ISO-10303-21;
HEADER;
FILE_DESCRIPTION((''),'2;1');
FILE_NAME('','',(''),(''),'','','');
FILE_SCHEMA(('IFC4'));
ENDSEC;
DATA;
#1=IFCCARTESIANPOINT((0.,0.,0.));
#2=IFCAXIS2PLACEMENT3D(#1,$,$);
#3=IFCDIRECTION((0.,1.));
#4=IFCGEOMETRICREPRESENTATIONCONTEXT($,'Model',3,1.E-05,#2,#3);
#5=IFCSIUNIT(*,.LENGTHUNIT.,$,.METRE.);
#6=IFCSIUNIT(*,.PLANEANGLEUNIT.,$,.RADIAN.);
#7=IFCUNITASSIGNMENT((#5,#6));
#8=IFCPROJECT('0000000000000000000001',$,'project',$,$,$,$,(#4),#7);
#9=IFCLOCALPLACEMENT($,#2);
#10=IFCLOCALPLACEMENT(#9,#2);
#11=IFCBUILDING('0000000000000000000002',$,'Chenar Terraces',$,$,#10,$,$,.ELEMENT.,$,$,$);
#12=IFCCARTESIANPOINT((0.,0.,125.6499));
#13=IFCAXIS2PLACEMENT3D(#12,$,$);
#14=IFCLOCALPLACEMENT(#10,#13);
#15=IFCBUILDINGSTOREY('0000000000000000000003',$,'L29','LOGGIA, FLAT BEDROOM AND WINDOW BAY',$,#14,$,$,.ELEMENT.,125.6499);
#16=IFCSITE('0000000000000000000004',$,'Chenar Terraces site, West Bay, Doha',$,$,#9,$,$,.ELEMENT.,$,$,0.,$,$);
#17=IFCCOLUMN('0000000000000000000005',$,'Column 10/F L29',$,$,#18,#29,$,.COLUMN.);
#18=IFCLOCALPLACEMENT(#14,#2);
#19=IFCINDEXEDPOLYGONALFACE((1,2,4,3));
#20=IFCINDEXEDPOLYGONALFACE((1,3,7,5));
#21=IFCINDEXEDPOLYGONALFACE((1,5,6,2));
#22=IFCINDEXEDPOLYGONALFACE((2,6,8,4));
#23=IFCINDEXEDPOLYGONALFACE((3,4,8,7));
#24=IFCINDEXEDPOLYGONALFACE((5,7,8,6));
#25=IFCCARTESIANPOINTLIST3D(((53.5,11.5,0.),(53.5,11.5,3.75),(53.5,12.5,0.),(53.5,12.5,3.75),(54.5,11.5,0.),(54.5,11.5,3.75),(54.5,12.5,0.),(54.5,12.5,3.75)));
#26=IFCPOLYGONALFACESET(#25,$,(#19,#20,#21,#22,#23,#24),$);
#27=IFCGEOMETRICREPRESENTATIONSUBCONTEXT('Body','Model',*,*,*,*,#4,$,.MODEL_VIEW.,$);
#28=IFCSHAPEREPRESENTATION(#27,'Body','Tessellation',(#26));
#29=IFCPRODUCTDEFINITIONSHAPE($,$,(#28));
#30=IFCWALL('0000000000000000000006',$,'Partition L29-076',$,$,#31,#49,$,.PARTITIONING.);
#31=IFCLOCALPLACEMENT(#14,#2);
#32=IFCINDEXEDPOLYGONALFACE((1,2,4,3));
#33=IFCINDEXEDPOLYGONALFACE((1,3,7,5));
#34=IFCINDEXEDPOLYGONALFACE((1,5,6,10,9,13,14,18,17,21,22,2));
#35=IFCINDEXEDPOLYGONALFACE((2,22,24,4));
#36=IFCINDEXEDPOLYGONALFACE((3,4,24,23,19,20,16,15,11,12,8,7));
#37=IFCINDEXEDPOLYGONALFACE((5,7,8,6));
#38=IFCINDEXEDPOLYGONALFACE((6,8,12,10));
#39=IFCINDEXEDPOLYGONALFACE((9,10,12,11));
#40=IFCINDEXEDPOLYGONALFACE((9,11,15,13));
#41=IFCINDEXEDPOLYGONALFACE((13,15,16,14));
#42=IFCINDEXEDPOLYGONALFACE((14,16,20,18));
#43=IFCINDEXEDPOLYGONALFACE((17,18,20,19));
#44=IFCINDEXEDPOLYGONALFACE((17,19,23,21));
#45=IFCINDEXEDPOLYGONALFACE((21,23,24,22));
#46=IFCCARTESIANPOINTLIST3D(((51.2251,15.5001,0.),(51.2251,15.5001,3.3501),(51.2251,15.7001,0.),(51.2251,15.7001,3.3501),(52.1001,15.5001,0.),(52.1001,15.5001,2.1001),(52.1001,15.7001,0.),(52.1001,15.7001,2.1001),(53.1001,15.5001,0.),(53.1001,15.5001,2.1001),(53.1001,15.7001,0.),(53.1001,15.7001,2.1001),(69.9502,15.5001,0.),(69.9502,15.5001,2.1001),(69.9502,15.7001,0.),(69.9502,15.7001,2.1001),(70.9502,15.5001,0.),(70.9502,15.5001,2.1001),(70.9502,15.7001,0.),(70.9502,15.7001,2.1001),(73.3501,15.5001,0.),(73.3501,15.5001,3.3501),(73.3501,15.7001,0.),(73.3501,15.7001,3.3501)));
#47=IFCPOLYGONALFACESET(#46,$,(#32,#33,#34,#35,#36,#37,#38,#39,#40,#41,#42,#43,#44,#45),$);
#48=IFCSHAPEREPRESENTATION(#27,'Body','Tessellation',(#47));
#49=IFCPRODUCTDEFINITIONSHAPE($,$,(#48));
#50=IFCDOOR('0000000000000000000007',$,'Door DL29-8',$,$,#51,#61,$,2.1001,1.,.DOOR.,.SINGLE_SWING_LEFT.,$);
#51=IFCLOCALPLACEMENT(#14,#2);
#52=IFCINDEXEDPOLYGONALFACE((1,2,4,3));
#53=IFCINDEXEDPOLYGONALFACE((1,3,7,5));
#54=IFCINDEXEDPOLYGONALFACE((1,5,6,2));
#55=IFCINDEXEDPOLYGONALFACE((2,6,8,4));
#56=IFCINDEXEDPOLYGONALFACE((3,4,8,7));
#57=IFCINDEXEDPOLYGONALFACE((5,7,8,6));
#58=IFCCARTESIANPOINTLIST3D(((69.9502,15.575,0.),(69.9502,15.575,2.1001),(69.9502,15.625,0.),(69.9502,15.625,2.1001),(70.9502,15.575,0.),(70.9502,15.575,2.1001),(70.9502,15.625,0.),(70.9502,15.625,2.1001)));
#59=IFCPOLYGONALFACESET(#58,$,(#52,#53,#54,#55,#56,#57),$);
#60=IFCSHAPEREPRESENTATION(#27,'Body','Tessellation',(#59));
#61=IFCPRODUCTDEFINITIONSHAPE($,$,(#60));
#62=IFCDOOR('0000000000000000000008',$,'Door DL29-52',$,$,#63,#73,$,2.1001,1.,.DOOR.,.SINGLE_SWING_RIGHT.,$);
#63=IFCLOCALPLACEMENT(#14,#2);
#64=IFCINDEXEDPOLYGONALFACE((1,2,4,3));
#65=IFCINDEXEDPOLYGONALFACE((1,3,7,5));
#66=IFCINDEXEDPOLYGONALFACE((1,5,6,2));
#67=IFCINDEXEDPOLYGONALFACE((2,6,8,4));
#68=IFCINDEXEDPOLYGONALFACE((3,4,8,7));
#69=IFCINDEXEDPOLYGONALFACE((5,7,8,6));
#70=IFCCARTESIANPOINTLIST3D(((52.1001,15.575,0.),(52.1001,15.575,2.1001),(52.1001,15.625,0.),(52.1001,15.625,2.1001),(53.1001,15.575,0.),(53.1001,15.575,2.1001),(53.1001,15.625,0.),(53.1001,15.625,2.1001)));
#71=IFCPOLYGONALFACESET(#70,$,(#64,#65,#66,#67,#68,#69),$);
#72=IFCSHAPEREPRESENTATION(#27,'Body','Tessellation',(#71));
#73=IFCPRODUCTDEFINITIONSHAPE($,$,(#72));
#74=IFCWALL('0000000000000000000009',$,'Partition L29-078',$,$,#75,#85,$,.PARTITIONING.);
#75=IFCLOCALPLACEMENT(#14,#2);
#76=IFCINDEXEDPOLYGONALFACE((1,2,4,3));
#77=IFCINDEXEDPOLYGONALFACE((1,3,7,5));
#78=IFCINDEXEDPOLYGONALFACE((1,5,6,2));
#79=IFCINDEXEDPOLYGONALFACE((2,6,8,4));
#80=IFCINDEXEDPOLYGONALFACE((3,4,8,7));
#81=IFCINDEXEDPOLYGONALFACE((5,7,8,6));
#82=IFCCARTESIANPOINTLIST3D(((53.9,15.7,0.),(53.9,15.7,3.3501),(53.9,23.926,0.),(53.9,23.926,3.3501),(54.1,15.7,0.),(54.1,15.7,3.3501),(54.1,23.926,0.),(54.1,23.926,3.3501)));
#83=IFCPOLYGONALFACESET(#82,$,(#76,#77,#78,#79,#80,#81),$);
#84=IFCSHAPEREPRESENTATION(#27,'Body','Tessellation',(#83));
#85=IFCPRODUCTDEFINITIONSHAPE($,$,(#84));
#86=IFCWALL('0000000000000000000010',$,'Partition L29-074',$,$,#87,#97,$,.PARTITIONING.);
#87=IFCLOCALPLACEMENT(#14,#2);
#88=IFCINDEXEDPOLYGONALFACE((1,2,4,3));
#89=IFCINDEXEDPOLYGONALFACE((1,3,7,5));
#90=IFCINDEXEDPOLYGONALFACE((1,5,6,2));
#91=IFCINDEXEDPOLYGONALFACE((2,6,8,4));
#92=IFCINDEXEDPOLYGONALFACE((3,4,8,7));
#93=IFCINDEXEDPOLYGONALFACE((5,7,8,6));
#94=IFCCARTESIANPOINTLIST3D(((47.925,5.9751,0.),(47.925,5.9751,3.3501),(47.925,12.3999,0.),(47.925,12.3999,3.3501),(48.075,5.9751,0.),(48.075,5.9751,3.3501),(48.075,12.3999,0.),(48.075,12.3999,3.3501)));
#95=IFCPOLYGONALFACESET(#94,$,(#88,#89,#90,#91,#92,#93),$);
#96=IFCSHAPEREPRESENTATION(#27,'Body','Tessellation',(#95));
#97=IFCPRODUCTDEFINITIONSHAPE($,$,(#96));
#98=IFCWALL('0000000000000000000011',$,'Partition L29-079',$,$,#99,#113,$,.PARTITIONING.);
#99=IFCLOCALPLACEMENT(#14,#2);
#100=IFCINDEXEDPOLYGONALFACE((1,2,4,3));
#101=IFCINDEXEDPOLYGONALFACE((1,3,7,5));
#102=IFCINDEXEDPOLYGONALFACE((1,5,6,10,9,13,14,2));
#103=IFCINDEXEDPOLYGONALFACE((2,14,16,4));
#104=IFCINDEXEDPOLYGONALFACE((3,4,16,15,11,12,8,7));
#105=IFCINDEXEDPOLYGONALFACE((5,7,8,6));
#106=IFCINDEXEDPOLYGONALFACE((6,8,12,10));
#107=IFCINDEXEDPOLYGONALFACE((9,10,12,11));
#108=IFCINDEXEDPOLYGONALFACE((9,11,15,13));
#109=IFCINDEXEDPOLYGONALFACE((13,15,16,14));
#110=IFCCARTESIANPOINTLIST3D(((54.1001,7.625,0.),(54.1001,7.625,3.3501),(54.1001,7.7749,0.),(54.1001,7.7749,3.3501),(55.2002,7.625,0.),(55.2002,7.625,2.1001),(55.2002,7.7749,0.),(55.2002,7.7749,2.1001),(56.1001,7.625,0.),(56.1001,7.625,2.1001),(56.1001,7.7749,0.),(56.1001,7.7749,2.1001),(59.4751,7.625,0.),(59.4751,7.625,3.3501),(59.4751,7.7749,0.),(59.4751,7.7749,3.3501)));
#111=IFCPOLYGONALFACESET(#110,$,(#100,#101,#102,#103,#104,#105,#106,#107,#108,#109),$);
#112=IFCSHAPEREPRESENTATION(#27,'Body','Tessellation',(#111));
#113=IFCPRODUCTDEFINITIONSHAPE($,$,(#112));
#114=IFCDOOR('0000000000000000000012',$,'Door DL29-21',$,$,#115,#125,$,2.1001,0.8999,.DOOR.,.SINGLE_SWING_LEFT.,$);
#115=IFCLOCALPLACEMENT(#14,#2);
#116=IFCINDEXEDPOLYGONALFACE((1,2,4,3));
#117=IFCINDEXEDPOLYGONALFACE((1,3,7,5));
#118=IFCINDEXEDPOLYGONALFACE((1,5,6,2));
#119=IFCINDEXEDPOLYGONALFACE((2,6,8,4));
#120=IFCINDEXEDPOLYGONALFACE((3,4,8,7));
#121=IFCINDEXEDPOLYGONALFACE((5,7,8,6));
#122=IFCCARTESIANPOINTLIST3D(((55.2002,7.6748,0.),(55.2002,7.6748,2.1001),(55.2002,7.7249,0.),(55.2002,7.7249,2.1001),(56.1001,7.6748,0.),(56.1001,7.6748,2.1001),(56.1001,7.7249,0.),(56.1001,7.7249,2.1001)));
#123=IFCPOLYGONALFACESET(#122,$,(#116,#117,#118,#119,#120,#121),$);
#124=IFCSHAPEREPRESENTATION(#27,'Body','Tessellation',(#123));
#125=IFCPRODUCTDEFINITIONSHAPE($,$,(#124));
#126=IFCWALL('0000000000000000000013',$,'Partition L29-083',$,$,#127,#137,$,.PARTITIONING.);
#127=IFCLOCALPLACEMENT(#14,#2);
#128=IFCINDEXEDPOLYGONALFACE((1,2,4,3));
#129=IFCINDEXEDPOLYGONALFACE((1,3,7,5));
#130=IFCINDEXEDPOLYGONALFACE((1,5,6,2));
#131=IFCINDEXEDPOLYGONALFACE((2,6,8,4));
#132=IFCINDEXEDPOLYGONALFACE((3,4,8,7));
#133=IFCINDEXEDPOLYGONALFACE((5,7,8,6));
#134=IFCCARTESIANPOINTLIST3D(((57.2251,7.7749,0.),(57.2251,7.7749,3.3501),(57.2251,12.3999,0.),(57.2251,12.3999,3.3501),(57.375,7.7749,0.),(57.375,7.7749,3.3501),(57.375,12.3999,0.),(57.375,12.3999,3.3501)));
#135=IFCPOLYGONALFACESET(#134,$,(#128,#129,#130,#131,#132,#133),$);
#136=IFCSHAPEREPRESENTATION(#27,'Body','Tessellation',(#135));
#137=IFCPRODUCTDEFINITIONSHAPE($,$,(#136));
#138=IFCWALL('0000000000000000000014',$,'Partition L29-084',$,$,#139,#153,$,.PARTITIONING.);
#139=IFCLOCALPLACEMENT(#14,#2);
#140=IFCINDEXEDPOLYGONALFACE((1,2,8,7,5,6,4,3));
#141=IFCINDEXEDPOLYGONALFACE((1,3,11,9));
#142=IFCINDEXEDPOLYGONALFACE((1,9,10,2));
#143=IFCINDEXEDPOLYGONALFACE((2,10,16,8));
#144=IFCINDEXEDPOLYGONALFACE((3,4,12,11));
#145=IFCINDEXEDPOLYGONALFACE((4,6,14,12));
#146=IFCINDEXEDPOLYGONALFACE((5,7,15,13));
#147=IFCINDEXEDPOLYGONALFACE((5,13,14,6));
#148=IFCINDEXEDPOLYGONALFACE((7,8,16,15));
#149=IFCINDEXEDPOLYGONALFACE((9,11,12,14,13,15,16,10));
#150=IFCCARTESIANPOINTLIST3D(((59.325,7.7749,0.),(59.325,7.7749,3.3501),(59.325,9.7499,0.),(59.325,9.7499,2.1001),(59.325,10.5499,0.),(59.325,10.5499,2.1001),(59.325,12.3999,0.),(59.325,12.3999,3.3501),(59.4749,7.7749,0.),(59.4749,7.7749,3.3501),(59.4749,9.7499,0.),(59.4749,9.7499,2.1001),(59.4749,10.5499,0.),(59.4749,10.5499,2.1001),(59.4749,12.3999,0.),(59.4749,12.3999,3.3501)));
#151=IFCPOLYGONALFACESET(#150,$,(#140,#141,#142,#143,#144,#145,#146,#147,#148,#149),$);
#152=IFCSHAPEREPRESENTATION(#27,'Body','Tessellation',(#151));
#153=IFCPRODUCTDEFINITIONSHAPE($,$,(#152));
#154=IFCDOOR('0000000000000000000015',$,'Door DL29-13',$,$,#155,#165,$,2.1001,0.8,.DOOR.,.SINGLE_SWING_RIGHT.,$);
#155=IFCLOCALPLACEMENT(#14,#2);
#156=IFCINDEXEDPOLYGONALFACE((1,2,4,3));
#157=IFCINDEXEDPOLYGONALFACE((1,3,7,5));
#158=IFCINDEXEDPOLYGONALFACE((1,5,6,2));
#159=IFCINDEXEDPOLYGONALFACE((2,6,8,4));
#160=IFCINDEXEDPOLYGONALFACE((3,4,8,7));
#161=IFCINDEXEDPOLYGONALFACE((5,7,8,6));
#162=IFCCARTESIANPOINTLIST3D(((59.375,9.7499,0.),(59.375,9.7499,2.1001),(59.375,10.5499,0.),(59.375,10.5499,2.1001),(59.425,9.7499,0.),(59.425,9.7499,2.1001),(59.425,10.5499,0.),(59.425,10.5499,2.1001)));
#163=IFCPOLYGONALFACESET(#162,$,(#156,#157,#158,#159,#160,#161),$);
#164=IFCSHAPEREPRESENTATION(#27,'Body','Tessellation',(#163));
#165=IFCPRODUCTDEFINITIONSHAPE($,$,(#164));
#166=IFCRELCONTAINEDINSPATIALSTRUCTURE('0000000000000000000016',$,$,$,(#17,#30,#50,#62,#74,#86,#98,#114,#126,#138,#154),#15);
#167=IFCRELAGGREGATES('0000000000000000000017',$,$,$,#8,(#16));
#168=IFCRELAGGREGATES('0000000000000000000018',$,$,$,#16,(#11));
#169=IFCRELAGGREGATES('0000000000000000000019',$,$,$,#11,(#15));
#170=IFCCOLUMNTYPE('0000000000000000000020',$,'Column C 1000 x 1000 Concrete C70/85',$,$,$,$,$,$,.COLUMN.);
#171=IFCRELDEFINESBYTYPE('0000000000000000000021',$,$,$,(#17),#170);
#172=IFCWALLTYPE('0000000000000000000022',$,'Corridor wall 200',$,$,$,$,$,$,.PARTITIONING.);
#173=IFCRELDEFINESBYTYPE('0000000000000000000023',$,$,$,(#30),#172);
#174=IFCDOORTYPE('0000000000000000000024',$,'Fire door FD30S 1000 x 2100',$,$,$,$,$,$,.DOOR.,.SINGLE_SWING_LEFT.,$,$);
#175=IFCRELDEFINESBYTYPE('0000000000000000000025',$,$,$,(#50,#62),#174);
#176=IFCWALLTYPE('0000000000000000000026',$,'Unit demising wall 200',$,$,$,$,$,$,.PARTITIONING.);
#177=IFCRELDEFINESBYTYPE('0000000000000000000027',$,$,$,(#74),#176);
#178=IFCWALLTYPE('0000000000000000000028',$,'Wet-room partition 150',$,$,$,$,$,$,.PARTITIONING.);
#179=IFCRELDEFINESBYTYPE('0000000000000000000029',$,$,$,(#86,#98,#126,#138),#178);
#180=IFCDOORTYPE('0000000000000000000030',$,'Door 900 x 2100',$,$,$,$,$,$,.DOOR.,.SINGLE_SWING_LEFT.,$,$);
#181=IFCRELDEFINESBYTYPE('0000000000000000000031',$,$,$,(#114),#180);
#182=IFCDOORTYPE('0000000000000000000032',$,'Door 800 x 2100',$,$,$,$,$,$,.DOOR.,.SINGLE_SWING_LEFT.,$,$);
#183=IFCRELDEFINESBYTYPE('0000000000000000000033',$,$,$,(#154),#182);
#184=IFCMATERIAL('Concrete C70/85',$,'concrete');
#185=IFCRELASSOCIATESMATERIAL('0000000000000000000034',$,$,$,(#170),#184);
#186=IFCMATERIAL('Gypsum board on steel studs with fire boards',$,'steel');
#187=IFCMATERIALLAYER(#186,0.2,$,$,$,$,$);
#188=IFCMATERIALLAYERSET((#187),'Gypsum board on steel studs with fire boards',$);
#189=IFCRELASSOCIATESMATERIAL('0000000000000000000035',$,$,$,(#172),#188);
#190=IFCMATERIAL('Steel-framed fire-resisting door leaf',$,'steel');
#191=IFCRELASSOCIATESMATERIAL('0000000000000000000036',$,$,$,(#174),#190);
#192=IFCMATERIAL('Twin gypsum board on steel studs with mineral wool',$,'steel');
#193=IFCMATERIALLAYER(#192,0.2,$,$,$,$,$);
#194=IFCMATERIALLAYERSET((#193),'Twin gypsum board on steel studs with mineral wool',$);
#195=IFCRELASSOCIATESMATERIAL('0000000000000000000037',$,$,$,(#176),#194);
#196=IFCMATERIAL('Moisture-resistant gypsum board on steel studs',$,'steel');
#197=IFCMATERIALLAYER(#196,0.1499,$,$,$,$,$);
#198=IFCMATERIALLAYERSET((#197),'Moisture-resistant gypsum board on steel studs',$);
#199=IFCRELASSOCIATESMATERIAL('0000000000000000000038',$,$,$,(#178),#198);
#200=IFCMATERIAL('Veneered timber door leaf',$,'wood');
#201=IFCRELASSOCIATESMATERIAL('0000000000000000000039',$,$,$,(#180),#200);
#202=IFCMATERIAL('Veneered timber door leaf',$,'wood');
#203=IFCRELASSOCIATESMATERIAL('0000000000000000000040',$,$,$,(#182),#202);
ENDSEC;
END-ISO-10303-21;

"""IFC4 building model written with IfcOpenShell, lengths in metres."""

from ifc_helpers import new_model, si_unit, direction, frame, frame_2d, origin, origin_2d, place, context, subcontext, project, spatial, rectangle, extrude, material, layer, layer_set, material_profile, profile_set, type_object, element, fill, save


model = new_model("IFC4")

# Units and contexts
model_context = context("Model", 3, precision=1e-05, world=origin(), true_north=direction((0.0, 1.0)))
body_context = subcontext(model_context, "Body", "Model", "MODEL_VIEW")
ifc_project = project(units=[si_unit("LENGTHUNIT", "METRE"), si_unit("PLANEANGLEUNIT", "RADIAN")], contexts=[model_context])

# Site, building, storey
site_placement = place(None, origin())
site = spatial("IfcSite", under=ifc_project, at=site_placement, Name="Chenar Terraces site, West Bay, Doha", CompositionType="ELEMENT", RefElevation=0.0)
building_placement = place(site_placement, origin())
building = spatial("IfcBuilding", under=site, at=building_placement, Name="Chenar Terraces", CompositionType="ELEMENT")
storey_placement = place(building_placement, frame((0.0, 0.0, 125.6499)))
storey = spatial("IfcBuildingStorey", under=building, at=storey_placement, Name="L29", Description="LOGGIA, FLAT BEDROOM AND WINDOW BAY", CompositionType="ELEMENT", Elevation=125.6499)

# Column
ifc_material_1 = material(Name="Concrete C70/85", Category="concrete")
ifc_material_profile = material_profile(ifc_material_1, rectangle(XDim=1.0, YDim=1.0, at=origin_2d()), Name="C 1000 x 1000")
ifc_profile_set = profile_set([ifc_material_profile], Name="Concrete C70/85")
column_type = type_object("IfcColumnType", Name="Column C 1000 x 1000 Concrete C70/85", PredefinedType="COLUMN", material=ifc_profile_set)
column_placement = place(storey_placement, frame((54.0, 12.0, 0.0), z_axis=(0.0, 0.0, 1.0), x_axis=(1.0, 0.0, 0.0)))
element("IfcColumn", 1, at=column_placement, inside=storey, type_object=column_type, Name="Column 10/F L29", PredefinedType="COLUMN", context=body_context, shape_type="SweptSolid", body=[
    extrude(rectangle(XDim=1.0, YDim=1.0, at=origin_2d()), origin(), (0.0, 0.0, 1.0), 3.75),
])

# Wall, openings, doors
ifc_material_2 = material(Name="Gypsum board on steel studs with fire boards", Category="steel")
ifc_layer_1 = layer(ifc_material_2, 0.2)
ifc_layer_set_1 = layer_set([ifc_layer_1], Name="Gypsum board on steel studs with fire boards")
wall_type_1 = type_object("IfcWallType", Name="Corridor wall 200", PredefinedType="PARTITIONING", material=ifc_layer_set_1)
wall_1_placement = place(storey_placement, frame((51.2251, 15.6001, 0.0), z_axis=(0.0, 0.0, 1.0), x_axis=(1.0, 0.0, 0.0)))
wall_1 = element("IfcWall", 2, at=wall_1_placement, inside=storey, type_object=wall_type_1, Name="Partition L29-076", PredefinedType="PARTITIONING", context=body_context, shape_type="SweptSolid", body=[
    extrude(rectangle(XDim=22.125, YDim=0.2, at=frame_2d((11.0625, 0.0))), origin(), (0.0, 0.0, 1.0), 3.3501),
])
opening_1_placement = place(wall_1_placement, frame((18.7251, 0.0, 0.0)))
opening_1 = element("IfcOpeningElement", 3, at=opening_1_placement, cuts=wall_1, PredefinedType="OPENING", context=body_context, shape_type="SweptSolid", body=[
    extrude(rectangle(XDim=1.0, YDim=2.1001, at=frame_2d((0.5, 1.05))), frame((0.0, 0.1099, 0.0), z_axis=(0.0, -1.0, 0.0), x_axis=(1.0, 0.0, 0.0)), (0.0, 0.0, 1.0), 0.22),
])
opening_2_placement = place(wall_1_placement, frame((0.875, 0.0, 0.0)))
opening_2 = element("IfcOpeningElement", 4, at=opening_2_placement, cuts=wall_1, PredefinedType="OPENING", context=body_context, shape_type="SweptSolid", body=[
    extrude(rectangle(XDim=1.0, YDim=2.1001, at=frame_2d((0.5, 1.05))), frame((0.0, 0.1099, 0.0), z_axis=(0.0, -1.0, 0.0), x_axis=(1.0, 0.0, 0.0)), (0.0, 0.0, 1.0), 0.22),
])
ifc_material_3 = material(Name="Steel-framed fire-resisting door leaf", Category="steel")
door_type_1 = type_object("IfcDoorType", Name="Fire door FD30S 1000 x 2100", OperationType="SINGLE_SWING_LEFT", PredefinedType="DOOR", material=ifc_material_3)
door_1_placement = place(opening_1_placement, origin())
door_1 = element("IfcDoor", 5, at=door_1_placement, inside=storey, type_object=door_type_1, Name="Door DL29-8", OperationType="SINGLE_SWING_LEFT", OverallHeight=2.1001, OverallWidth=1.0, PredefinedType="DOOR", context=body_context, shape_type="SweptSolid", body=[
    extrude(rectangle(XDim=1.0, YDim=2.1001, at=frame_2d((0.5, 1.05))), frame((0.0, 0.0249, 0.0), z_axis=(0.0, -1.0, 0.0), x_axis=(1.0, 0.0, 0.0)), (0.0, 0.0, 1.0), 0.05),
])
fill(opening_1, door_1)
door_2_placement = place(opening_2_placement, origin())
door_2 = element("IfcDoor", 6, at=door_2_placement, inside=storey, type_object=door_type_1, Name="Door DL29-52", OperationType="SINGLE_SWING_RIGHT", OverallHeight=2.1001, OverallWidth=1.0, PredefinedType="DOOR", context=body_context, shape_type="SweptSolid", body=[
    extrude(rectangle(XDim=1.0, YDim=2.1001, at=frame_2d((0.5, 1.05))), frame((0.0, 0.0249, 0.0), z_axis=(0.0, -1.0, 0.0), x_axis=(1.0, 0.0, 0.0)), (0.0, 0.0, 1.0), 0.05),
])
fill(opening_2, door_2)

# Walls
ifc_material_4 = material(Name="Twin gypsum board on steel studs with mineral wool", Category="steel")
ifc_layer_2 = layer(ifc_material_4, 0.2)
ifc_layer_set_2 = layer_set([ifc_layer_2], Name="Twin gypsum board on steel studs with mineral wool")
wall_type_2 = type_object("IfcWallType", Name="Unit demising wall 200", PredefinedType="PARTITIONING", material=ifc_layer_set_2)
wall_2_placement = place(storey_placement, frame((54.0, 15.7, 0.0), z_axis=(0.0, 0.0, 1.0), x_axis=(0.0, 1.0, 0.0)))
element("IfcWall", 7, at=wall_2_placement, inside=storey, type_object=wall_type_2, Name="Partition L29-078", PredefinedType="PARTITIONING", context=body_context, shape_type="SweptSolid", body=[
    extrude(rectangle(XDim=8.2261, YDim=0.2, at=frame_2d((4.113, 0.0))), origin(), (0.0, 0.0, 1.0), 3.3501),
])
ifc_material_5 = material(Name="Moisture-resistant gypsum board on steel studs", Category="steel")
ifc_layer_3 = layer(ifc_material_5, 0.1499)
ifc_layer_set_3 = layer_set([ifc_layer_3], Name="Moisture-resistant gypsum board on steel studs")
wall_type_3 = type_object("IfcWallType", Name="Wet-room partition 150", PredefinedType="PARTITIONING", material=ifc_layer_set_3)
wall_3_placement = place(storey_placement, frame((48.0, 5.9751, 0.0), z_axis=(0.0, 0.0, 1.0), x_axis=(0.0, 1.0, 0.0)))
element("IfcWall", 8, at=wall_3_placement, inside=storey, type_object=wall_type_3, Name="Partition L29-074", PredefinedType="PARTITIONING", context=body_context, shape_type="SweptSolid", body=[
    extrude(rectangle(XDim=6.4248, YDim=0.1499, at=frame_2d((3.2124, 0.0))), origin(), (0.0, 0.0, 1.0), 3.3501),
])

# Wall, opening, door
wall_4_placement = place(storey_placement, frame((54.1001, 7.7, 0.0), z_axis=(0.0, 0.0, 1.0), x_axis=(1.0, 0.0, 0.0)))
wall_4 = element("IfcWall", 9, at=wall_4_placement, inside=storey, type_object=wall_type_3, Name="Partition L29-079", PredefinedType="PARTITIONING", context=body_context, shape_type="SweptSolid", body=[
    extrude(rectangle(XDim=5.375, YDim=0.1499, at=frame_2d((2.6875, 0.0))), origin(), (0.0, 0.0, 1.0), 3.3501),
])
opening_3_placement = place(wall_4_placement, frame((1.1001, 0.0, 0.0)))
opening_3 = element("IfcOpeningElement", 10, at=opening_3_placement, cuts=wall_4, PredefinedType="OPENING", context=body_context, shape_type="SweptSolid", body=[
    extrude(rectangle(XDim=0.8999, YDim=2.1001, at=frame_2d((0.45, 1.05))), frame((0.0, 0.085, 0.0), z_axis=(0.0, -1.0, 0.0), x_axis=(1.0, 0.0, 0.0)), (0.0, 0.0, 1.0), 0.1699),
])
ifc_material_6 = material(Name="Veneered timber door leaf", Category="wood")
door_type_2 = type_object("IfcDoorType", Name="Door 900 x 2100", OperationType="SINGLE_SWING_LEFT", PredefinedType="DOOR", material=ifc_material_6)
door_3_placement = place(opening_3_placement, origin())
door_3 = element("IfcDoor", 11, at=door_3_placement, inside=storey, type_object=door_type_2, Name="Door DL29-21", OperationType="SINGLE_SWING_LEFT", OverallHeight=2.1001, OverallWidth=0.8999, PredefinedType="DOOR", context=body_context, shape_type="SweptSolid", body=[
    extrude(rectangle(XDim=0.8999, YDim=2.1001, at=frame_2d((0.45, 1.05))), frame((0.0, 0.0249, 0.0), z_axis=(0.0, -1.0, 0.0), x_axis=(1.0, 0.0, 0.0)), (0.0, 0.0, 1.0), 0.05),
])
fill(opening_3, door_3)

# Wall
wall_5_placement = place(storey_placement, frame((57.3, 7.7749, 0.0), z_axis=(0.0, 0.0, 1.0), x_axis=(0.0, 1.0, 0.0)))
element("IfcWall", 12, at=wall_5_placement, inside=storey, type_object=wall_type_3, Name="Partition L29-083", PredefinedType="PARTITIONING", context=body_context, shape_type="SweptSolid", body=[
    extrude(rectangle(XDim=4.625, YDim=0.1499, at=frame_2d((2.3125, 0.0))), origin(), (0.0, 0.0, 1.0), 3.3501),
])

# Wall, opening, door
wall_6_placement = place(storey_placement, frame((59.3999, 7.7749, 0.0), z_axis=(0.0, 0.0, 1.0), x_axis=(0.0, 1.0, 0.0)))
wall_6 = element("IfcWall", 13, at=wall_6_placement, inside=storey, type_object=wall_type_3, Name="Partition L29-084", PredefinedType="PARTITIONING", context=body_context, shape_type="SweptSolid", body=[
    extrude(rectangle(XDim=4.625, YDim=0.1499, at=frame_2d((2.3125, 0.0))), origin(), (0.0, 0.0, 1.0), 3.3501),
])
opening_4_placement = place(wall_6_placement, frame((1.9751, 0.0, 0.0)))
opening_4 = element("IfcOpeningElement", 14, at=opening_4_placement, cuts=wall_6, PredefinedType="OPENING", context=body_context, shape_type="SweptSolid", body=[
    extrude(rectangle(XDim=0.8, YDim=2.1001, at=frame_2d((0.3999, 1.05))), frame((0.0, 0.085, 0.0), z_axis=(0.0, -1.0, 0.0), x_axis=(1.0, 0.0, 0.0)), (0.0, 0.0, 1.0), 0.1699),
])
ifc_material_7 = material(Name="Veneered timber door leaf", Category="wood")
door_type_3 = type_object("IfcDoorType", Name="Door 800 x 2100", OperationType="SINGLE_SWING_LEFT", PredefinedType="DOOR", material=ifc_material_7)
door_4_placement = place(opening_4_placement, origin())
door_4 = element("IfcDoor", 15, at=door_4_placement, inside=storey, type_object=door_type_3, Name="Door DL29-13", OperationType="SINGLE_SWING_RIGHT", OverallHeight=2.1001, OverallWidth=0.8, PredefinedType="DOOR", context=body_context, shape_type="SweptSolid", body=[
    extrude(rectangle(XDim=0.8, YDim=2.1001, at=frame_2d((0.3999, 1.05))), frame((0.0, 0.0249, 0.0), z_axis=(0.0, -1.0, 0.0), x_axis=(1.0, 0.0, 0.0)), (0.0, 0.0, 1.0), 0.05),
])
fill(opening_4, door_4)

save(model, "model.ifc")
